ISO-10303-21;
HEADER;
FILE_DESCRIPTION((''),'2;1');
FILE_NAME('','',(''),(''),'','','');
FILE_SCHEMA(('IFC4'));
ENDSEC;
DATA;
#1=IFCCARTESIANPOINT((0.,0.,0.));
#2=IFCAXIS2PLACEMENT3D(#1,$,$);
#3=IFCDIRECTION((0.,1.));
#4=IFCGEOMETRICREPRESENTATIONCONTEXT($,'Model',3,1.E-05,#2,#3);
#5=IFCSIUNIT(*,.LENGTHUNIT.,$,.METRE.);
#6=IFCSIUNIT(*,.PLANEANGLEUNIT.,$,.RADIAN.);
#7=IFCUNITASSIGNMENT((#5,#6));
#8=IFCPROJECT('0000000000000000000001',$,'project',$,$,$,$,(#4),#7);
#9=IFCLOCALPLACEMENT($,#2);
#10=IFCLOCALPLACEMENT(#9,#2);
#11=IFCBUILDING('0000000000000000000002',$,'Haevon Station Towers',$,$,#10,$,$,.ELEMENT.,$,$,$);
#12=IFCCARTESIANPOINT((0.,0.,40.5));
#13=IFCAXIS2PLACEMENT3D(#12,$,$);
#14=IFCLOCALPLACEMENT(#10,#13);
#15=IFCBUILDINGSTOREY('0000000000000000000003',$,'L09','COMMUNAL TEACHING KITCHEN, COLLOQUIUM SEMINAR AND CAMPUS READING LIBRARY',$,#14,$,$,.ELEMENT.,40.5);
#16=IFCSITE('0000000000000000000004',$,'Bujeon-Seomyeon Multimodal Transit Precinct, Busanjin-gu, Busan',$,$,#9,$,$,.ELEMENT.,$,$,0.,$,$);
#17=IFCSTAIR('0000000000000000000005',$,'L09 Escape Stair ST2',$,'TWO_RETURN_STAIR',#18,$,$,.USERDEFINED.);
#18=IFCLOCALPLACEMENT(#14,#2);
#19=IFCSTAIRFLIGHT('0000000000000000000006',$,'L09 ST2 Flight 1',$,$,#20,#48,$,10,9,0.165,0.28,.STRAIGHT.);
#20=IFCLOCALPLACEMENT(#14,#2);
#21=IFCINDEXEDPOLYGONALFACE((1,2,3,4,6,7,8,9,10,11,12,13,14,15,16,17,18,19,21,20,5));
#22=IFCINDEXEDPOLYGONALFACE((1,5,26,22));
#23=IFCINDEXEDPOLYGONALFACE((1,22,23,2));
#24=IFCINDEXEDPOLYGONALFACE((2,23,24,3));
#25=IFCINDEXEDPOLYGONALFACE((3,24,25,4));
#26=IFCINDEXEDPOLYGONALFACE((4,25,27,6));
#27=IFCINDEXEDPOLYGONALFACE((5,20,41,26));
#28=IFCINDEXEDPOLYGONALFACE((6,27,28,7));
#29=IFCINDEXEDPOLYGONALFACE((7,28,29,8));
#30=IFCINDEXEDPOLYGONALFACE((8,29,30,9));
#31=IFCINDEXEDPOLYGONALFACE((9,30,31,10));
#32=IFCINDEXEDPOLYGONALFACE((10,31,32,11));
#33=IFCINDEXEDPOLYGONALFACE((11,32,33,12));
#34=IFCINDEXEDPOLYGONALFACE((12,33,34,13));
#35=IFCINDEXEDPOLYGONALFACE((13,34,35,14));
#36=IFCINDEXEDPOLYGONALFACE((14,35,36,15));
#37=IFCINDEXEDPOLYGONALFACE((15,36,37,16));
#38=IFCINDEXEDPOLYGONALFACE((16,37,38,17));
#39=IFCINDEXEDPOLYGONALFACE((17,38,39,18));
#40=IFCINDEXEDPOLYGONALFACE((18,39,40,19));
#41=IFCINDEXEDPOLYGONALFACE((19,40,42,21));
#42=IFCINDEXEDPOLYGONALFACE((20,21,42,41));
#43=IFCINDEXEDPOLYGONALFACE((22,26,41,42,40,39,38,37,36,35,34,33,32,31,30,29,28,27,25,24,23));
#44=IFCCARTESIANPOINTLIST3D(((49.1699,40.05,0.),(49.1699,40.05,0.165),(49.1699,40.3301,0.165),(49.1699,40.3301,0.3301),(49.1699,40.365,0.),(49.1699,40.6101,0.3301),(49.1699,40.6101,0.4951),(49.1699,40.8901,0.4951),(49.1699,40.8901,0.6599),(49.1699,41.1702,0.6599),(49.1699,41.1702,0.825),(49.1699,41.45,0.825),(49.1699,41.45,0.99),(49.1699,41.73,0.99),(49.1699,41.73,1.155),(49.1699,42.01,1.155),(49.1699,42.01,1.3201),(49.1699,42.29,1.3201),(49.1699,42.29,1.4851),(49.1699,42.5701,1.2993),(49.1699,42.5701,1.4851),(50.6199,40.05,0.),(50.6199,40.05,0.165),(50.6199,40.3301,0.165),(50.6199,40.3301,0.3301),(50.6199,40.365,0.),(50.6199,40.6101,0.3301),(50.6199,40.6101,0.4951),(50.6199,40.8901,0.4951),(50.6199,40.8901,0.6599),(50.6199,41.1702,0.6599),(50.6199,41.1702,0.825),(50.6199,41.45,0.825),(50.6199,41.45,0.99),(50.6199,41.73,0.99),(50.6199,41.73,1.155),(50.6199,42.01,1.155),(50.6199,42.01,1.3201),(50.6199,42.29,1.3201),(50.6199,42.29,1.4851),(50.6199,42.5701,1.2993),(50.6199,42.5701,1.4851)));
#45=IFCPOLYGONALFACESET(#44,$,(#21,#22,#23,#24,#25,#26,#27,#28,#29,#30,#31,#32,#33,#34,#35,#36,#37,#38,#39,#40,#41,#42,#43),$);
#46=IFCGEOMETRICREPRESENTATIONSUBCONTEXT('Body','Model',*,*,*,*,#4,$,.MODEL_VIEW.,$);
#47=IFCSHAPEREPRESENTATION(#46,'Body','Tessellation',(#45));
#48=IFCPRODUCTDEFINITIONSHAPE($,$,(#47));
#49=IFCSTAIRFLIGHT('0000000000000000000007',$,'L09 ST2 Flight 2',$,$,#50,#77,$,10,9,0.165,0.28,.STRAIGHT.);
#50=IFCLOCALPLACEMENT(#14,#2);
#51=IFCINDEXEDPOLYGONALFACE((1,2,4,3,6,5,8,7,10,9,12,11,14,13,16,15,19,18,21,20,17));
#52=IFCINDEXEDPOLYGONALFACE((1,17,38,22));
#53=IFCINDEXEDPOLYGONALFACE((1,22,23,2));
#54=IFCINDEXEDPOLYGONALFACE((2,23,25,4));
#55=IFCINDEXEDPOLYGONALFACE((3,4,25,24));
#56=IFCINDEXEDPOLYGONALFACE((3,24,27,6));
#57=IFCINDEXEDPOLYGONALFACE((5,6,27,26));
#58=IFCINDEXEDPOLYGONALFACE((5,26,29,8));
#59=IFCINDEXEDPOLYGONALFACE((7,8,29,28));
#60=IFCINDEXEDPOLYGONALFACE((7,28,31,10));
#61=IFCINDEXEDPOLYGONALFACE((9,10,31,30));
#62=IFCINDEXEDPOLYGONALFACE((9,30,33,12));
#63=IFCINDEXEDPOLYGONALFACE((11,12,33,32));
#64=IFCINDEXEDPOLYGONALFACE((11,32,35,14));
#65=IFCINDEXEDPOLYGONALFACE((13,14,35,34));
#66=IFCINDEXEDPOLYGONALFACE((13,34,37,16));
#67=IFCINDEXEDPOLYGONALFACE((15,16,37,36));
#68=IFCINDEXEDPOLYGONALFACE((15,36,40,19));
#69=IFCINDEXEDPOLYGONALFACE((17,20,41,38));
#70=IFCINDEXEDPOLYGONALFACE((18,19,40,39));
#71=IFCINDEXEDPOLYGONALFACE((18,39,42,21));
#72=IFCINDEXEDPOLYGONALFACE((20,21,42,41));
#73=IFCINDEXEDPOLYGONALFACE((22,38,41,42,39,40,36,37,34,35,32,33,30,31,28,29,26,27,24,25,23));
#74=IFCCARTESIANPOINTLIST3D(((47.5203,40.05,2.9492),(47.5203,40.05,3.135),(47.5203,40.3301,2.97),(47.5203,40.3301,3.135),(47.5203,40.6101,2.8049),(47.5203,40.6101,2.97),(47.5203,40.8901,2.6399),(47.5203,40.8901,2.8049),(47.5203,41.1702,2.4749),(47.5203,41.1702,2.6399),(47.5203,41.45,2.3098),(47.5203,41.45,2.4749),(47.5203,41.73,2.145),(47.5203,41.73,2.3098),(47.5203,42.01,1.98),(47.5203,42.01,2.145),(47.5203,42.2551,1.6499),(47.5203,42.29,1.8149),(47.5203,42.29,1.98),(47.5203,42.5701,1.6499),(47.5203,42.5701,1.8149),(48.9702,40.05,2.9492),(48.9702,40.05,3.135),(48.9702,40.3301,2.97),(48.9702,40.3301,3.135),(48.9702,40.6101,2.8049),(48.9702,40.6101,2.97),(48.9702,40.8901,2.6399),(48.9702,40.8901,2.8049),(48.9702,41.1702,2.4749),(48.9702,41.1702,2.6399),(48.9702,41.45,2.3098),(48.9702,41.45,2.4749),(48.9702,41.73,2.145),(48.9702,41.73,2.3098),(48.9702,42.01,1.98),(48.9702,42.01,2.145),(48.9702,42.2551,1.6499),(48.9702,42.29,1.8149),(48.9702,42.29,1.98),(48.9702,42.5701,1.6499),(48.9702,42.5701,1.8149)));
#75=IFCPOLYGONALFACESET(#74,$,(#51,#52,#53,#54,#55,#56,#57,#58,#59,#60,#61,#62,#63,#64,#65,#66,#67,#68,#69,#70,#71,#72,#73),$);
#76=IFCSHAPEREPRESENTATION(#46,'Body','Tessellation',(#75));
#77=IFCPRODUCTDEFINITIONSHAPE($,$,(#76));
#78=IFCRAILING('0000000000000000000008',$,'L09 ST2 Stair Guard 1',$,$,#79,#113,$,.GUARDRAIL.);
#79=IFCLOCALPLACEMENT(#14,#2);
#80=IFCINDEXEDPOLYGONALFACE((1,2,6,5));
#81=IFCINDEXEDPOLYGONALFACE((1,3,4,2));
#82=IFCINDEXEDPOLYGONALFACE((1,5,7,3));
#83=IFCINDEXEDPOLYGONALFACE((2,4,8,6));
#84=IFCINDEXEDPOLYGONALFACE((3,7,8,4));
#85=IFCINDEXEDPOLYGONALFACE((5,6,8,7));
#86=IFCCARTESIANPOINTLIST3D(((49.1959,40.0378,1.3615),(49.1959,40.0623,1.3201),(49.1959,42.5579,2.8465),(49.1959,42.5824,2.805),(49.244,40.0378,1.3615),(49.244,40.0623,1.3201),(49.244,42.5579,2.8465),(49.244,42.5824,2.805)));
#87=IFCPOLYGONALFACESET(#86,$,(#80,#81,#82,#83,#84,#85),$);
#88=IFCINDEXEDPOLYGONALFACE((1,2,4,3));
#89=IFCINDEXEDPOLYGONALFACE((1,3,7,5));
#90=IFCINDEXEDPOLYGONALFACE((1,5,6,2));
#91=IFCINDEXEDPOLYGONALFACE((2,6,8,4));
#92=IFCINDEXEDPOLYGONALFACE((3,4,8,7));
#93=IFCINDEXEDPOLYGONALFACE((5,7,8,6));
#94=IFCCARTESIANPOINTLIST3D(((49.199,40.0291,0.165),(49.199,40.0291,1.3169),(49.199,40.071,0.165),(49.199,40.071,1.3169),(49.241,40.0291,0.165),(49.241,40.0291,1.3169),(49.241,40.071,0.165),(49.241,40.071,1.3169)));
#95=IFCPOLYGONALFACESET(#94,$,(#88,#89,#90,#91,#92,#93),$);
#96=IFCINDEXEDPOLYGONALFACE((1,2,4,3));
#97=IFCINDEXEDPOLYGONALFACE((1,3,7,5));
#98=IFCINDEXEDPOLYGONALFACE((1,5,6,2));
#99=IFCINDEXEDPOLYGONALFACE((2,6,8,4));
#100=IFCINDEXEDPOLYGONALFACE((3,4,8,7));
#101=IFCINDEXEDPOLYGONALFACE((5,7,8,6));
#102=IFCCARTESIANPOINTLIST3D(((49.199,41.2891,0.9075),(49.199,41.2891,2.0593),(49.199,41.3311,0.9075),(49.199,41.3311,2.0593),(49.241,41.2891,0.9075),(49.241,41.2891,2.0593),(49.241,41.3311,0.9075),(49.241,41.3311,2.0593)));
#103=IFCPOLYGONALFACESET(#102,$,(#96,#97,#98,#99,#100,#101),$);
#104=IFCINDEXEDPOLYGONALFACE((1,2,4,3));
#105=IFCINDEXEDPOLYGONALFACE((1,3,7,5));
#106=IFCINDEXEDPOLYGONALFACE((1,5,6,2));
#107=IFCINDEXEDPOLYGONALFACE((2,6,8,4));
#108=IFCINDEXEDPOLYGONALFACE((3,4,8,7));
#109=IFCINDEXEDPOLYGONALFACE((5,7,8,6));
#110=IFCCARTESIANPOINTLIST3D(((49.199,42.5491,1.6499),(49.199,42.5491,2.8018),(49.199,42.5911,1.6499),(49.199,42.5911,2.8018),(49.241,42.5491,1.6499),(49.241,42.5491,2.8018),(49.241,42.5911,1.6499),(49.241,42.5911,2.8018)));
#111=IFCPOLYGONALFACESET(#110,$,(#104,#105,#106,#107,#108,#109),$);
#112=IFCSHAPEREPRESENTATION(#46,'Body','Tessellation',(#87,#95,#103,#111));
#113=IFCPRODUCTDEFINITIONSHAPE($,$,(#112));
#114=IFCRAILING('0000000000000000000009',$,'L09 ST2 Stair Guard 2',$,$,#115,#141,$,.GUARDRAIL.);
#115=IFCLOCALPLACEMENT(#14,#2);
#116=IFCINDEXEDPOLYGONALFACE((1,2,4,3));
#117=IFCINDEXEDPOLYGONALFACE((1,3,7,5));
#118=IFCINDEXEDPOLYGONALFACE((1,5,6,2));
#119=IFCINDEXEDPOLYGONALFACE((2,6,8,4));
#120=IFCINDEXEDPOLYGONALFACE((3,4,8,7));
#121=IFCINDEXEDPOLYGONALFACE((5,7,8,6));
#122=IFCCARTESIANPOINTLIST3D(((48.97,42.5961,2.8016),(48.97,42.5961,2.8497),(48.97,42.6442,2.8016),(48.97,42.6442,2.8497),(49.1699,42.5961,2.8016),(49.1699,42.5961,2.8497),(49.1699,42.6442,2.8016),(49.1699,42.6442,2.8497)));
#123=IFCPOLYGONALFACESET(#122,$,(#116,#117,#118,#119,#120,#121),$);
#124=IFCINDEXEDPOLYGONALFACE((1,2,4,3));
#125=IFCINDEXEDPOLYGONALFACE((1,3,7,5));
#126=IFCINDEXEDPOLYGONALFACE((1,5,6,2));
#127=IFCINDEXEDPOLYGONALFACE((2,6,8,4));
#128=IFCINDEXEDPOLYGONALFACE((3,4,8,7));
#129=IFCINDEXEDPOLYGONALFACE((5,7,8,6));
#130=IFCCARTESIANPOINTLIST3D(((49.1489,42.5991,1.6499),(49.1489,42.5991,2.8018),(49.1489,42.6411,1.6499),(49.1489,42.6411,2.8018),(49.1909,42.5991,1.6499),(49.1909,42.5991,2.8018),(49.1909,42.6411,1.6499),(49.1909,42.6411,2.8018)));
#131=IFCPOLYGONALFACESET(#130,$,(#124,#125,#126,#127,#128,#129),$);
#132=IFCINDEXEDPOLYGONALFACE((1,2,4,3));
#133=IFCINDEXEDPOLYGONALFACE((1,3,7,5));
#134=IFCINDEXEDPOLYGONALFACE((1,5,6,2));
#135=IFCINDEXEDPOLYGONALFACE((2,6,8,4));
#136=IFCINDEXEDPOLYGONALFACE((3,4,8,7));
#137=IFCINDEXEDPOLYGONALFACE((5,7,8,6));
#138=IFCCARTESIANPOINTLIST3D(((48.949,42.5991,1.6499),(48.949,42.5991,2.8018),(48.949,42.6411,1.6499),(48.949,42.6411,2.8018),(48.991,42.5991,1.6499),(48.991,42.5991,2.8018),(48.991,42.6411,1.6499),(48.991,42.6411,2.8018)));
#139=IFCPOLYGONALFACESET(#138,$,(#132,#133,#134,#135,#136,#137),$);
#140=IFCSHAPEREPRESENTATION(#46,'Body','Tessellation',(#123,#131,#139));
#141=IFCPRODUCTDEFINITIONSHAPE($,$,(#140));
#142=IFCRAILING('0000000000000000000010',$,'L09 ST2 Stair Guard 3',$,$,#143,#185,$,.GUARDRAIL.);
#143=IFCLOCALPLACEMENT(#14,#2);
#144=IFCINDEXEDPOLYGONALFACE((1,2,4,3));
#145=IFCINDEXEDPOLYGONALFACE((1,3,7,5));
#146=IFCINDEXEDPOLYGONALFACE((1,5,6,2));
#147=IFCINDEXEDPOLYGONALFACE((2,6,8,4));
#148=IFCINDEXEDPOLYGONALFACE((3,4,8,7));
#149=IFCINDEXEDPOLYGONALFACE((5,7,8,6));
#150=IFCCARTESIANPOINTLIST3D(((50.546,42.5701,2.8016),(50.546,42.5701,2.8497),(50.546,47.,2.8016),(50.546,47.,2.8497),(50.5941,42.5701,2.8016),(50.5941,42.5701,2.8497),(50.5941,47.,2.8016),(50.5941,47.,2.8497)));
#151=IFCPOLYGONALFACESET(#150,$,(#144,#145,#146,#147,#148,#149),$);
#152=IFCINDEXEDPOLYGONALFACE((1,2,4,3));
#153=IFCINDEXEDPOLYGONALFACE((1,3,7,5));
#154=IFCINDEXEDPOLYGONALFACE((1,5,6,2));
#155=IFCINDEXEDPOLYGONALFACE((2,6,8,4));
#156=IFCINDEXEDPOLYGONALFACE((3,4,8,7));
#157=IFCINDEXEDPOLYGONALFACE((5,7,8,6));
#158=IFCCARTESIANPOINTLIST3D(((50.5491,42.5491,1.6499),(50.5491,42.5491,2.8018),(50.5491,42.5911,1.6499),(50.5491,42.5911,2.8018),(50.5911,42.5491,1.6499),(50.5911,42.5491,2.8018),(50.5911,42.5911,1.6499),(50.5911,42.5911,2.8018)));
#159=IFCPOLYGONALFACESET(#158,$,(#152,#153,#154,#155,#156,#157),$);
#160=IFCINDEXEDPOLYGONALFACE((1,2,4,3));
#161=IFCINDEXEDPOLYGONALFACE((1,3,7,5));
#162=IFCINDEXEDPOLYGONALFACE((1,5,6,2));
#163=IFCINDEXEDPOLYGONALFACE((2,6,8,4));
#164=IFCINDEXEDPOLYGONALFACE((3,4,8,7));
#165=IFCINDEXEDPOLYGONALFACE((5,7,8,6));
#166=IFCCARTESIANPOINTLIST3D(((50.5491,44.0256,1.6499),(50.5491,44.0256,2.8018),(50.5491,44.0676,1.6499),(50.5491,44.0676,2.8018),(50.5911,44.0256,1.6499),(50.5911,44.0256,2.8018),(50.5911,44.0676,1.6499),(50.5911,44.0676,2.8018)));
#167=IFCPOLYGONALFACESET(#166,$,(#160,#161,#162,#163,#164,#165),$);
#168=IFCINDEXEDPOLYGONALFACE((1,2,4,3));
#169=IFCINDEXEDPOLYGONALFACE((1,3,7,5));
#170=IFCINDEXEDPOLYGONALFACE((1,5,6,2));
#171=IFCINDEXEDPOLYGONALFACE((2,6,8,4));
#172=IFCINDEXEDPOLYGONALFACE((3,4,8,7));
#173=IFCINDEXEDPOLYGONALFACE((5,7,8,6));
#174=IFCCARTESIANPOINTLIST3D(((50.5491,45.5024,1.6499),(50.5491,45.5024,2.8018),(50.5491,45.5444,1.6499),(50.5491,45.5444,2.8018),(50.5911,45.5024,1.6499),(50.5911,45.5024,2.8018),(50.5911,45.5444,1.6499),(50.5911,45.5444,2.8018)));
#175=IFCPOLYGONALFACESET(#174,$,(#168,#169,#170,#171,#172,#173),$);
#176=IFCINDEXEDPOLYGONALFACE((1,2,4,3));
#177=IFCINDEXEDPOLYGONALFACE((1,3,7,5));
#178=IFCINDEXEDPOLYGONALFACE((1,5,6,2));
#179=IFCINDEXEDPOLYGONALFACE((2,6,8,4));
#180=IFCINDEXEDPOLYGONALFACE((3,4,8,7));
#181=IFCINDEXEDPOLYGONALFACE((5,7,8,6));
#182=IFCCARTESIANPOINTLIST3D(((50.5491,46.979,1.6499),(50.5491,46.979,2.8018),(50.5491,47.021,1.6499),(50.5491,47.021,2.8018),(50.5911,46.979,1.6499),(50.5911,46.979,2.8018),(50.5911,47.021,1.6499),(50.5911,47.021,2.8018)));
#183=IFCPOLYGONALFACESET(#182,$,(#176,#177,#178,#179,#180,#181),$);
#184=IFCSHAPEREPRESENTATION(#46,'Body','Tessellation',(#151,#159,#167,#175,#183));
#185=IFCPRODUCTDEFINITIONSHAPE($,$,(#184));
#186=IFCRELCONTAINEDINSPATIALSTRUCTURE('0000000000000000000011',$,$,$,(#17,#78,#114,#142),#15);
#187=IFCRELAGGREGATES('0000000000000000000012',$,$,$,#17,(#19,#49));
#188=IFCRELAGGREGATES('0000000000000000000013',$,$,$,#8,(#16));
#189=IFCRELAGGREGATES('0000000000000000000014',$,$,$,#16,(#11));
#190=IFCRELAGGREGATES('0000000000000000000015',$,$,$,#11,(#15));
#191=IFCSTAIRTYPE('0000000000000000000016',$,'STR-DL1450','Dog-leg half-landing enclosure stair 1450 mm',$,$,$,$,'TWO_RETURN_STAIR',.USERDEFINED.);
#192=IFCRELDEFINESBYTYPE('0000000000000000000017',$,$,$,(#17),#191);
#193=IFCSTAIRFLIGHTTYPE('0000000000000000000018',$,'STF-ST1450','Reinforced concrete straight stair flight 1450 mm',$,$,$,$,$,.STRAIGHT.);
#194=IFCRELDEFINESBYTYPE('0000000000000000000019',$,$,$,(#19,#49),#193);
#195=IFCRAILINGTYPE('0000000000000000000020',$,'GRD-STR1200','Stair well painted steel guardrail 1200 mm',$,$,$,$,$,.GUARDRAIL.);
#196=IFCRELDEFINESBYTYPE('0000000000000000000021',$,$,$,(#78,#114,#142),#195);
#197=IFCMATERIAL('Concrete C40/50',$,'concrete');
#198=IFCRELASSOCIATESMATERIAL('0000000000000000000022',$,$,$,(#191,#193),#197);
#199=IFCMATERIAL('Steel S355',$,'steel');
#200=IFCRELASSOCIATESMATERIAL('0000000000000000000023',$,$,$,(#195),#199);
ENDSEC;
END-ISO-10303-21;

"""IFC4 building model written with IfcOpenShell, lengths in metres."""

from ifc_helpers import new_model, si_unit, direction, frame, origin, origin_2d, place, context, subcontext, project, spatial, polyline, rectangle, outline, extrude, material, type_object, element, aggregate, save


model = new_model("IFC4")

# Units and contexts
model_context = context("Model", 3, precision=1e-05, world=origin(), true_north=direction((0.0, 1.0)))
body_context = subcontext(model_context, "Body", "Model", "MODEL_VIEW")
ifc_project = project(units=[si_unit("LENGTHUNIT", "METRE"), si_unit("PLANEANGLEUNIT", "RADIAN")], contexts=[model_context])

# Site, building, storey
site_placement = place(None, origin())
site = spatial("IfcSite", under=ifc_project, at=site_placement, Name="Bujeon-Seomyeon Multimodal Transit Precinct, Busanjin-gu, Busan", CompositionType="ELEMENT", RefElevation=0.0)
building_placement = place(site_placement, origin())
building = spatial("IfcBuilding", under=site, at=building_placement, Name="Haevon Station Towers", CompositionType="ELEMENT")
storey_placement = place(building_placement, frame((0.0, 0.0, 40.5)))
storey = spatial("IfcBuildingStorey", under=building, at=storey_placement, Name="L09", Description="COMMUNAL TEACHING KITCHEN, COLLOQUIUM SEMINAR AND CAMPUS READING LIBRARY", CompositionType="ELEMENT", Elevation=40.5)

# Shared definitions
ifc_material_1 = material(Name="Steel S355", Category="steel")

# Shared definitions
ifc_material_2 = material(Name="Concrete C40/50", Category="concrete")

# Stair, stair flights
stair_type = type_object("IfcStairType", Name="STR-DL1450", Description="Dog-leg half-landing enclosure stair 1450 mm", ElementType="TWO_RETURN_STAIR", PredefinedType="USERDEFINED", material=ifc_material_2)
stair_placement = place(storey_placement, origin())
stair = element("IfcStair", 1, at=stair_placement, inside=storey, type_object=stair_type, Name="L09 Escape Stair ST2", ObjectType="TWO_RETURN_STAIR", PredefinedType="USERDEFINED")
stair_flight_type = type_object("IfcStairFlightType", Name="STF-ST1450", Description="Reinforced concrete straight stair flight 1450 mm", PredefinedType="STRAIGHT", material=ifc_material_2)
stair_flight_1_placement = place(storey_placement, frame((49.895, 40.05, 0.0), z_axis=(0.0, 0.0, 1.0), x_axis=(0.0, 1.0, 0.0)))
stair_flight_1 = element("IfcStairFlight", 2, at=stair_flight_1_placement, type_object=stair_flight_type, Name="L09 ST2 Flight 1", NumberOfRisers=10, NumberOfTreads=9, PredefinedType="STRAIGHT", RiserHeight=0.165, TreadLength=0.28, context=body_context, shape_type="SweptSolid", body=[
    extrude(outline(polyline([(0.0, 0.0), (0.0, 0.165), (0.28, 0.165), (0.28, 0.3301), (0.5601, 0.3301), (0.5601, 0.4951), (0.8401, 0.4951), (0.8401, 0.6599), (1.1201, 0.6599), (1.1201, 0.825), (1.3999, 0.825), (1.3999, 0.99), (1.6799, 0.99), (1.6799, 1.155), (1.96, 1.155), (1.96, 1.3201), (2.24, 1.3201), (2.24, 1.4851), (2.52, 1.4851), (2.52, 1.6499), (2.52, 1.2993), (0.3149, 0.0), (0.0, 0.0)])), frame((0.0, 0.7251, 0.0), z_axis=(0.0, -1.0, 0.0), x_axis=(1.0, 0.0, 0.0)), (0.0, 0.0, 1.0), 1.45),
])
stair_flight_2_placement = place(storey_placement, frame((48.2451, 42.5701, 1.6499), z_axis=(0.0, 0.0, 1.0), x_axis=(0.0, -1.0, 0.0)))
stair_flight_2 = element("IfcStairFlight", 3, at=stair_flight_2_placement, type_object=stair_flight_type, Name="L09 ST2 Flight 2", NumberOfRisers=10, NumberOfTreads=9, PredefinedType="STRAIGHT", RiserHeight=0.165, TreadLength=0.28, context=body_context, shape_type="SweptSolid", body=[
    extrude(outline(polyline([(0.0, 0.0), (0.0, 0.165), (0.28, 0.165), (0.28, 0.3301), (0.5601, 0.3301), (0.5601, 0.4951), (0.8401, 0.4951), (0.8401, 0.6599), (1.1201, 0.6599), (1.1201, 0.825), (1.3999, 0.825), (1.3999, 0.99), (1.6799, 0.99), (1.6799, 1.155), (1.96, 1.155), (1.96, 1.3201), (2.24, 1.3201), (2.24, 1.4851), (2.52, 1.4851), (2.52, 1.6499), (2.52, 1.2993), (0.3149, 0.0), (0.0, 0.0)])), frame((0.0, 0.7251, 0.0), z_axis=(0.0, -1.0, 0.0), x_axis=(1.0, 0.0, 0.0)), (0.0, 0.0, 1.0), 1.45),
])
aggregate(stair, [stair_flight_1, stair_flight_2])

# Railings
railing_type_1 = type_object("IfcRailingType", Name="GRD-STR1200", Description="Stair well painted steel guardrail 1200 mm", PredefinedType="GUARDRAIL", material=ifc_material_1)
railing_1_placement = place(storey_placement, frame((49.22, 40.05, 0.165)))
element("IfcRailing", 4, at=railing_1_placement, inside=storey, type_object=railing_type_1, Name="L09 ST2 Stair Guard 1", PredefinedType="GUARDRAIL", context=body_context, shape_type="SweptSolid", body=[
    extrude(rectangle(XDim=0.0481, YDim=0.0481, at=origin_2d()), frame((0.0, 0.0, 1.1758), z_axis=(0.0, 0.861561, 0.507655), x_axis=(-1.0, 0.0, 0.0)), (0.0, 0.0, 1.0), 2.925),
    extrude(rectangle(XDim=0.042, YDim=0.042, at=origin_2d()), origin(), (0.0, 0.0, 1.0), 1.1519),
    extrude(rectangle(XDim=0.042, YDim=0.042, at=origin_2d()), frame((0.0, 1.26, 0.7424)), (0.0, 0.0, 1.0), 1.1519),
    extrude(rectangle(XDim=0.042, YDim=0.042, at=origin_2d()), frame((0.0, 2.52, 1.4849)), (0.0, 0.0, 1.0), 1.1519),
])
railing_2_placement = place(storey_placement, frame((49.1699, 42.6201, 1.6499)))
element("IfcRailing", 5, at=railing_2_placement, inside=storey, type_object=railing_type_1, Name="L09 ST2 Stair Guard 2", PredefinedType="GUARDRAIL", context=body_context, shape_type="SweptSolid", body=[
    extrude(rectangle(XDim=0.0481, YDim=0.0481, at=origin_2d()), frame((0.0, 0.0, 1.1758), z_axis=(-1.0, 0.0, 0.0), x_axis=(0.0, -1.0, 0.0)), (0.0, 0.0, 1.0), 0.2),
    extrude(rectangle(XDim=0.042, YDim=0.042, at=origin_2d()), origin(), (0.0, 0.0, 1.0), 1.1519),
    extrude(rectangle(XDim=0.042, YDim=0.042, at=origin_2d()), frame((-0.2, 0.0, 0.0)), (0.0, 0.0, 1.0), 1.1519),
])
for number, where, name in (
    (6, (50.5701, 42.5701, 1.6499), "L09 ST2 Stair Guard 3"),
):
    element("IfcRailing", number, at=place(storey_placement, frame(where)), inside=storey, type_object=railing_type_1, Name=name, PredefinedType="GUARDRAIL", context=body_context, shape_type="SweptSolid", body=[
        extrude(rectangle(XDim=0.0481, YDim=0.0481, at=origin_2d()), frame((0.0, 0.0, 1.1758), z_axis=(0.0, 1.0, 0.0), x_axis=(-1.0, 0.0, 0.0)), (0.0, 0.0, 1.0), 4.4299),
        extrude(rectangle(XDim=0.042, YDim=0.042, at=origin_2d()), origin(), (0.0, 0.0, 1.0), 1.1519),
        extrude(rectangle(XDim=0.042, YDim=0.042, at=origin_2d()), frame((0.0, 1.4766, 0.0)), (0.0, 0.0, 1.0), 1.1519),
        extrude(rectangle(XDim=0.042, YDim=0.042, at=origin_2d()), frame((0.0, 2.9534, 0.0)), (0.0, 0.0, 1.0), 1.1519),
        extrude(rectangle(XDim=0.042, YDim=0.042, at=origin_2d()), frame((0.0, 4.4299, 0.0)), (0.0, 0.0, 1.0), 1.1519),
    ])

save(model, "model.ifc")
